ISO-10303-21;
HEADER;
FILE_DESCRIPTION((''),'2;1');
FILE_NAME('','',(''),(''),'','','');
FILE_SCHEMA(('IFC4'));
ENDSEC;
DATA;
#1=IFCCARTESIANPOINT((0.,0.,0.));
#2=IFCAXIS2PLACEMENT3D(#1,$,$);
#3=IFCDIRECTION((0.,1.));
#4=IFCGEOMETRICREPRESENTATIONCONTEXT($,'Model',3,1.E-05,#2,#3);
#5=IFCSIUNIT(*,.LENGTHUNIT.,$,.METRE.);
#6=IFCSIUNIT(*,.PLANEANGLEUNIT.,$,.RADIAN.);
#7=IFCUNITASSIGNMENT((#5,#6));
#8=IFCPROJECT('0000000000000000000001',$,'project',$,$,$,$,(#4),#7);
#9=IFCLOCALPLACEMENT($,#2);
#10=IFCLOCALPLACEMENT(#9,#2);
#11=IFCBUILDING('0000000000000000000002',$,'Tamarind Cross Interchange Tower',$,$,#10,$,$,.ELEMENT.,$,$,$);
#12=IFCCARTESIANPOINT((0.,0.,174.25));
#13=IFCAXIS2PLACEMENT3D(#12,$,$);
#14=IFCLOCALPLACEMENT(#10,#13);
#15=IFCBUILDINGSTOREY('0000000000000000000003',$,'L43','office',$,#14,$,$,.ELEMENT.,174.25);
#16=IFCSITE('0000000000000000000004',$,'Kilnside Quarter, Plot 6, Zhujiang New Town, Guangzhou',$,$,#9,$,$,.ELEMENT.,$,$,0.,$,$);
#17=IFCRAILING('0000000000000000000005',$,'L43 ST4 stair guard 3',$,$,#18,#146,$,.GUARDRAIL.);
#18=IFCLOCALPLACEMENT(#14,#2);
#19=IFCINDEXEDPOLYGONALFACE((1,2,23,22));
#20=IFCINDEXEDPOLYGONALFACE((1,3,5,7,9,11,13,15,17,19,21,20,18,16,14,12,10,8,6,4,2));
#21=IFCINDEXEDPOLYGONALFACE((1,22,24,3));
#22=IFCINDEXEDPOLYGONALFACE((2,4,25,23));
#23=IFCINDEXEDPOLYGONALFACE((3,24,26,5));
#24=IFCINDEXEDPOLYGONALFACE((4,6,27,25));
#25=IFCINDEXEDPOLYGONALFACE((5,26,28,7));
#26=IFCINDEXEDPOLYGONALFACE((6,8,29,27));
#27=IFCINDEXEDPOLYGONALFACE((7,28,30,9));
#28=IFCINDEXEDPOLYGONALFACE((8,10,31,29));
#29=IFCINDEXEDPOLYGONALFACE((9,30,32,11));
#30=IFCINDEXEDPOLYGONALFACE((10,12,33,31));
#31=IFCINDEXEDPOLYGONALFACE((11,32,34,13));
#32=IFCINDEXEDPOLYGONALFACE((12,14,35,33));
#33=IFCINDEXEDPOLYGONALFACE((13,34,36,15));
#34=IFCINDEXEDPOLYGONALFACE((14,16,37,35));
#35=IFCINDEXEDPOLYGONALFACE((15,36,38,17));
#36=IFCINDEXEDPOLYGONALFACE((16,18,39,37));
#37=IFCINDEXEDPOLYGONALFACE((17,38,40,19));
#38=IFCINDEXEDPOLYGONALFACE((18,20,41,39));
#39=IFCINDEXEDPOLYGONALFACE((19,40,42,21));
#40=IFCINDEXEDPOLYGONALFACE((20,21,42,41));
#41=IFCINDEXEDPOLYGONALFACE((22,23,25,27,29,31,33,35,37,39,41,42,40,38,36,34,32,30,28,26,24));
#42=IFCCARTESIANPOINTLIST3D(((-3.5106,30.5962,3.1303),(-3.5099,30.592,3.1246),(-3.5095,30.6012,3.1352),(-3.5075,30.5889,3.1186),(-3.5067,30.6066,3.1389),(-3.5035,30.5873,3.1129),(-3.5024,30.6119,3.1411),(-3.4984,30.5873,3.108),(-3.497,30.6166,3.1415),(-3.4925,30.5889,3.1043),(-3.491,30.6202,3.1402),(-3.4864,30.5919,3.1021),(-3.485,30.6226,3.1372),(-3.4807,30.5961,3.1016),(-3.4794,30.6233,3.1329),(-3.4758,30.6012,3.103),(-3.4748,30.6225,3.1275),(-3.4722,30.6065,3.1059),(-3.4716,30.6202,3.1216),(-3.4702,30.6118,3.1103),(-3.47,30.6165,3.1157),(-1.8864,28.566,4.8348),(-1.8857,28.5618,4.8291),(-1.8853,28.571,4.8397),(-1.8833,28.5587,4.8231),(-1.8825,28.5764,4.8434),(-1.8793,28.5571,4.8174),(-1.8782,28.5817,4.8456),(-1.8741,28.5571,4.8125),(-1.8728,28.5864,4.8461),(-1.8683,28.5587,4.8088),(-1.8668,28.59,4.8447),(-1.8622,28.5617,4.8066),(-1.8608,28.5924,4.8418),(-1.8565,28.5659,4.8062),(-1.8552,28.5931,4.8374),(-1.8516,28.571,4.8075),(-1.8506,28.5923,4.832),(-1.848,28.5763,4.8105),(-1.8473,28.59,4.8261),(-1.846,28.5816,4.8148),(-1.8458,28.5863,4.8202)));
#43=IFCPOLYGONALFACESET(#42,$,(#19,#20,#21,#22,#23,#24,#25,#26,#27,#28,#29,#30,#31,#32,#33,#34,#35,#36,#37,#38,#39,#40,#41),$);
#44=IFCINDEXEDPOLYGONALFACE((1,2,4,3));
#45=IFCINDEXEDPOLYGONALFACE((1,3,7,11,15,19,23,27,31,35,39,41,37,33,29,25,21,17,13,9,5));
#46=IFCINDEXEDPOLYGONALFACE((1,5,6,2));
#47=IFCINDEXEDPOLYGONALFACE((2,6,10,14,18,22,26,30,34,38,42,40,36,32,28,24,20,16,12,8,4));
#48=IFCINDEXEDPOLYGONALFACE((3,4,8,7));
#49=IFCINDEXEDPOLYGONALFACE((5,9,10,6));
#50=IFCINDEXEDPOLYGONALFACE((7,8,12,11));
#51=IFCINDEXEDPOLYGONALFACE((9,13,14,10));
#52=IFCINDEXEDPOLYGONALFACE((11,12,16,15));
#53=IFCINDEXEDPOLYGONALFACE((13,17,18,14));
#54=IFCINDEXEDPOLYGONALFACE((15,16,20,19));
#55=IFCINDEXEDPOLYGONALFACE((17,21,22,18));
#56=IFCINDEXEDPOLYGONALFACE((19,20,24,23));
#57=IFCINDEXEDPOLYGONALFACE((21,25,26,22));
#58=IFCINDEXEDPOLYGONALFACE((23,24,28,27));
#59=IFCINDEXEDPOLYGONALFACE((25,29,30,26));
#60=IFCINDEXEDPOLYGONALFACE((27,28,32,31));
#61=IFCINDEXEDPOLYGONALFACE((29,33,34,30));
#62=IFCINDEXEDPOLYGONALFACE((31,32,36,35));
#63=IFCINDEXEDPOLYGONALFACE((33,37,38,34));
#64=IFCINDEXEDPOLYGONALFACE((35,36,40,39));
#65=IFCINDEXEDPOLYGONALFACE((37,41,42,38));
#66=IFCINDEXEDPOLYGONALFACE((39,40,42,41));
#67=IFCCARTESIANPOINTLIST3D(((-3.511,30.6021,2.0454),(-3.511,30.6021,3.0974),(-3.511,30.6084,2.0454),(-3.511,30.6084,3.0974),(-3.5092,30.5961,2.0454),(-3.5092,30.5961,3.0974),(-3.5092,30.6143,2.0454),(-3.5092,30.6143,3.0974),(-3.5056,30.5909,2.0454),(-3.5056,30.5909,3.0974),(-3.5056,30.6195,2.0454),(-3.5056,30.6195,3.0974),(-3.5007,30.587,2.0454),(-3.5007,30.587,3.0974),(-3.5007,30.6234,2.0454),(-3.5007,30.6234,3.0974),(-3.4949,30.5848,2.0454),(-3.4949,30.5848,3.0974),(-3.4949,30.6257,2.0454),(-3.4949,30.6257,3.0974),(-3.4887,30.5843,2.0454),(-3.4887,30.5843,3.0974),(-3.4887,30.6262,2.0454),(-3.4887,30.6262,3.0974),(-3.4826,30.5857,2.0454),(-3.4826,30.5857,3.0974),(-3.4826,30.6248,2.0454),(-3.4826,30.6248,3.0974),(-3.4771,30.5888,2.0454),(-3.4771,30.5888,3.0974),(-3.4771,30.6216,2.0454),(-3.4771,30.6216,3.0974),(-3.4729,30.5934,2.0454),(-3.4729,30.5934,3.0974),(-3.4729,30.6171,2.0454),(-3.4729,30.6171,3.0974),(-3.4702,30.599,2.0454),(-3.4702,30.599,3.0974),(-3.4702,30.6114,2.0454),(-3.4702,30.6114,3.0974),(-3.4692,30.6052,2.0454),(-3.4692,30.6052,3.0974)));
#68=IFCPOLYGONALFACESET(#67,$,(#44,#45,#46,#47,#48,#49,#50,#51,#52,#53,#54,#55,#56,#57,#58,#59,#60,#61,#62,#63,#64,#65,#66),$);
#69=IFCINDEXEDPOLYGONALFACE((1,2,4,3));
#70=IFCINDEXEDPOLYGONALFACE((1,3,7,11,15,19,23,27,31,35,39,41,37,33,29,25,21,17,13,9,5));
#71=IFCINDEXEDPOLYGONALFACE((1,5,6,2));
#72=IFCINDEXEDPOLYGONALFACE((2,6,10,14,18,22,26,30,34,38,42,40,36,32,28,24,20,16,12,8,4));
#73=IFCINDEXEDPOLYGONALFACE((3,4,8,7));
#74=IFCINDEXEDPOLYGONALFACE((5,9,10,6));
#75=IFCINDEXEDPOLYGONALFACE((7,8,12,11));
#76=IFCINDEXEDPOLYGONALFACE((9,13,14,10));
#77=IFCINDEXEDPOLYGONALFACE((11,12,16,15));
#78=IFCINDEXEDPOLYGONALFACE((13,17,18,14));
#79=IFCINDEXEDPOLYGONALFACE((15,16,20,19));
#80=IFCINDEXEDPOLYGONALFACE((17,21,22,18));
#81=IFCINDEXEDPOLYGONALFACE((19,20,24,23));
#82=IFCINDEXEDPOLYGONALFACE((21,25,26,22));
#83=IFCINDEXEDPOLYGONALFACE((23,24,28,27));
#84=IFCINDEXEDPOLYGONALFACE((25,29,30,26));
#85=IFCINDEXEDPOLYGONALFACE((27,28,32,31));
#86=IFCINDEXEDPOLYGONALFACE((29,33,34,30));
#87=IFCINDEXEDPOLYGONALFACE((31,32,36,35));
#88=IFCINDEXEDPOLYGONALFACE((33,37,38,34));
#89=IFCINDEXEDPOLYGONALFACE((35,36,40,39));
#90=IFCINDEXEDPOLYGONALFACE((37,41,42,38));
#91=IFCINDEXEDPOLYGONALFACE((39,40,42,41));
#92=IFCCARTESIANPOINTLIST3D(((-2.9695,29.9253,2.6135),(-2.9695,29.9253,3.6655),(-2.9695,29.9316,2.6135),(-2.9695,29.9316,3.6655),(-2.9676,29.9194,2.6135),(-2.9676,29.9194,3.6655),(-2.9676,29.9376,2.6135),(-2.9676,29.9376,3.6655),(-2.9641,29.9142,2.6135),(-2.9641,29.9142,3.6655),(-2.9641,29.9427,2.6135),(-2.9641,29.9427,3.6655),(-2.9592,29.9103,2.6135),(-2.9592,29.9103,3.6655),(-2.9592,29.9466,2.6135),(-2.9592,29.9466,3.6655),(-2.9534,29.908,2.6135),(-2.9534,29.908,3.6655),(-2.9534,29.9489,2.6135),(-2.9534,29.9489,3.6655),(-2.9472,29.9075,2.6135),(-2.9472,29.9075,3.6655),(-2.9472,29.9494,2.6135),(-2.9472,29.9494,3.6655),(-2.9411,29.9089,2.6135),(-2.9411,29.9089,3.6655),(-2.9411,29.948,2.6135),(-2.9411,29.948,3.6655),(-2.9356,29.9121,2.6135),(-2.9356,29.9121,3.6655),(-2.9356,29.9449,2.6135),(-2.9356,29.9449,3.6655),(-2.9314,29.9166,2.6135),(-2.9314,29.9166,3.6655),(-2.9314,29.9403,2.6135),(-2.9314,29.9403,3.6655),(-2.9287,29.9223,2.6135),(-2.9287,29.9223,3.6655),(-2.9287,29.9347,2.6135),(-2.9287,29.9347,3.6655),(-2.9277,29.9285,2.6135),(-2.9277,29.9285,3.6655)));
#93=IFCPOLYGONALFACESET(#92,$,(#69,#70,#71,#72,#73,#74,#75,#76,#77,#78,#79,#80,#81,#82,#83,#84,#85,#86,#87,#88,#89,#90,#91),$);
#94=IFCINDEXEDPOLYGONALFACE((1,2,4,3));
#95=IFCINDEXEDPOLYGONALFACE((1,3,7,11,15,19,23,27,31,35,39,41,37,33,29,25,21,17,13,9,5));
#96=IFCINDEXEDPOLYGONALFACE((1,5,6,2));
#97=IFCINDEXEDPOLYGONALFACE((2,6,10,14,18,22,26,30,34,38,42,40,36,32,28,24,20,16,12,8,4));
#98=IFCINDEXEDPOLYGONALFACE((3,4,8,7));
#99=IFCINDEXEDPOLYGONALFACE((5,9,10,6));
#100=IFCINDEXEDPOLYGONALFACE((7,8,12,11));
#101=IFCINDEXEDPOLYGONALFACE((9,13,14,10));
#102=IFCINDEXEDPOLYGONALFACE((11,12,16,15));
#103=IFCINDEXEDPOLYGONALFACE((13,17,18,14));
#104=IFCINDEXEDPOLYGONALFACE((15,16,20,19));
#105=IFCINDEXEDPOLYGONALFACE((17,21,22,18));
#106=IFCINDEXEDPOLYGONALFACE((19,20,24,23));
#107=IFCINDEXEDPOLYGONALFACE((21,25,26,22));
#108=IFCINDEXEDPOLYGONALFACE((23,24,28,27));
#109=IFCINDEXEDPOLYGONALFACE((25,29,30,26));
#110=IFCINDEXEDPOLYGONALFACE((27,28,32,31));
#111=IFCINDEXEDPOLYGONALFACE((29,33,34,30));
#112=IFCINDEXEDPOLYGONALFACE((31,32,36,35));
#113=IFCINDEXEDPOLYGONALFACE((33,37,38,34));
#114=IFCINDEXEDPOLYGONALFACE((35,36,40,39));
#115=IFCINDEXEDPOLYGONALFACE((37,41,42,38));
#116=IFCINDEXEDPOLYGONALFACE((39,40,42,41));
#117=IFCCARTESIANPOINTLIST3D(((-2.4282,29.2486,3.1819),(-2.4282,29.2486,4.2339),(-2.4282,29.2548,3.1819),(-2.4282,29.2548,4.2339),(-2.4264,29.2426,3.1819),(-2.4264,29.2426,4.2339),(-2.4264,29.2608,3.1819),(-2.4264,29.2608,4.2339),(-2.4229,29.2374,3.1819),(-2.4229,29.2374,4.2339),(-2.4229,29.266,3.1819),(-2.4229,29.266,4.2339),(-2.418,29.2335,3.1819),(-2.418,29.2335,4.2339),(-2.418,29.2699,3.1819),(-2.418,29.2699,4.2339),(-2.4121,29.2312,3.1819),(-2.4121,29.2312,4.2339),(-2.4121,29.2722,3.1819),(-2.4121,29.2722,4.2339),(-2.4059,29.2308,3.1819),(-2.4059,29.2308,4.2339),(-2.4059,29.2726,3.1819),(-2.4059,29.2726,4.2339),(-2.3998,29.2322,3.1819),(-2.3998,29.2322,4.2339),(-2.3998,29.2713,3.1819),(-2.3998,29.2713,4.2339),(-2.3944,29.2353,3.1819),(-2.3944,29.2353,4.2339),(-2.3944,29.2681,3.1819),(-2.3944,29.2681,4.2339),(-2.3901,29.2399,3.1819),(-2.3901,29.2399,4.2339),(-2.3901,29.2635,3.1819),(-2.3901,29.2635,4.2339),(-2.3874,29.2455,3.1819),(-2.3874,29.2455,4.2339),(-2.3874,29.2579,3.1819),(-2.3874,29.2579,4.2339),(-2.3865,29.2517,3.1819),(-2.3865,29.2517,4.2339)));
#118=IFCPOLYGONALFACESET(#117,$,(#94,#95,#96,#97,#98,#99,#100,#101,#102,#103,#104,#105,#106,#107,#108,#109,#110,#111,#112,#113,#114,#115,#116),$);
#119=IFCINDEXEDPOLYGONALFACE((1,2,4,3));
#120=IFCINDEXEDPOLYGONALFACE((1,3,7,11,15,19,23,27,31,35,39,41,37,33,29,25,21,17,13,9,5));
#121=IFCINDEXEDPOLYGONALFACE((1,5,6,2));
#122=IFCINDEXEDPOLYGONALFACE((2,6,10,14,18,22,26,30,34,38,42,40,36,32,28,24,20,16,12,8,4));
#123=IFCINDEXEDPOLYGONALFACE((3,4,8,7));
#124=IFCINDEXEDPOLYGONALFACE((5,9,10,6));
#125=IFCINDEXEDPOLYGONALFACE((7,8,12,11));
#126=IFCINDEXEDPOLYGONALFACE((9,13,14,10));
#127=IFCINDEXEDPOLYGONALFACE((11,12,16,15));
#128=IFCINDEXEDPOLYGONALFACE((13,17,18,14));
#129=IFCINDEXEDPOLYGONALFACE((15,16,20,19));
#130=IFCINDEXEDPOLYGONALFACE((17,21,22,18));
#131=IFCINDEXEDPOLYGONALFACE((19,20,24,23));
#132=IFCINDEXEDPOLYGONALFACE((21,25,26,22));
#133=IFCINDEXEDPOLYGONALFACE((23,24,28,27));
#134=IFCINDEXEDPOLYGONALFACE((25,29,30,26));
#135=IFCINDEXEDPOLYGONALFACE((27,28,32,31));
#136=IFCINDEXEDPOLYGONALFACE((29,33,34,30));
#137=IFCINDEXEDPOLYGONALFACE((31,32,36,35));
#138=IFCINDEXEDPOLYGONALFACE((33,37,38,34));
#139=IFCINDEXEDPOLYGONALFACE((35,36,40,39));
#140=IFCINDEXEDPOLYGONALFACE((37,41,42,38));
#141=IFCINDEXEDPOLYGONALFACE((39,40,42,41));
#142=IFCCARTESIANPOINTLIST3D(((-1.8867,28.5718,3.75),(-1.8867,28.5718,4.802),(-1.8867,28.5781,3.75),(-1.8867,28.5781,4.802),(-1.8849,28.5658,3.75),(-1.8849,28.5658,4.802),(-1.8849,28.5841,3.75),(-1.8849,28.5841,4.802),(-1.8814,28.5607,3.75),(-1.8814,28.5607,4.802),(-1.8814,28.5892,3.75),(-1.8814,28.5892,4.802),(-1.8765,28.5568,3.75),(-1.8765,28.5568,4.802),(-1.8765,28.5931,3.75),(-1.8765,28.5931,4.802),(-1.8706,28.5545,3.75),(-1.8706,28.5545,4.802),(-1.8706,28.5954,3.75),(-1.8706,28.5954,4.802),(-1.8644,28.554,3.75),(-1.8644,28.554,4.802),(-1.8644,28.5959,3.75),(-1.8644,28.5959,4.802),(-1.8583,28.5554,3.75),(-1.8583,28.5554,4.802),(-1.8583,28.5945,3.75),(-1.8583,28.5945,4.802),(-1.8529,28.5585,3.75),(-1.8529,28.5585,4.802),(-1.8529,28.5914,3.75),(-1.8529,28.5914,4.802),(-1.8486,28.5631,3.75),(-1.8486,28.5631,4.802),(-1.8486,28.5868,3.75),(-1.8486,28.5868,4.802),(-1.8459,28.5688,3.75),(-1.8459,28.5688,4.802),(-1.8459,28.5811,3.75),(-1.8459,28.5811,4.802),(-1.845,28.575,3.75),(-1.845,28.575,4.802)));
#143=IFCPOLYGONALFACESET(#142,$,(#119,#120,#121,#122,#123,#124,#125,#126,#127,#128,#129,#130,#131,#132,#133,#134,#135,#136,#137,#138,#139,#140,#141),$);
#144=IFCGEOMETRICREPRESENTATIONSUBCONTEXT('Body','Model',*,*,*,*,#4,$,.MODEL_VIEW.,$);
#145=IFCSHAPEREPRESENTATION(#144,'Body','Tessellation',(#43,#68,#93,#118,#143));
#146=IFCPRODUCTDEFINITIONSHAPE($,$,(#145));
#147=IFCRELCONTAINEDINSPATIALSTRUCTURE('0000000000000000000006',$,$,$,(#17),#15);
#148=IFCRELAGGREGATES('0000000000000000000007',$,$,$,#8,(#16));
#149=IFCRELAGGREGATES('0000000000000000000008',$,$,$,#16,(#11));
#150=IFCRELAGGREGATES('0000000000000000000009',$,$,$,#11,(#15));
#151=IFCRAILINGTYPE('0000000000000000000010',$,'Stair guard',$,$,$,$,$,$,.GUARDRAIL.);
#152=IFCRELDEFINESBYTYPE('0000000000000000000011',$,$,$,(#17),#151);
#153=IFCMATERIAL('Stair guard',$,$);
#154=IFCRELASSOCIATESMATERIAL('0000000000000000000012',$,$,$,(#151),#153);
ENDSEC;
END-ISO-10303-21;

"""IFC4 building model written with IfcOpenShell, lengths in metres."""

from ifc_helpers import new_model, si_unit, direction, frame, origin, origin_2d, place, context, subcontext, project, spatial, circle, extrude, material, type_object, element, save


model = new_model("IFC4")

# Units and contexts
model_context = context("Model", 3, precision=1e-05, world=origin(), true_north=direction((0.0, 1.0)))
body_context = subcontext(model_context, "Body", "Model", "MODEL_VIEW")
ifc_project = project(units=[si_unit("LENGTHUNIT", "METRE"), si_unit("PLANEANGLEUNIT", "RADIAN")], contexts=[model_context])

# Site, building, storey
site_placement = place(None, origin())
site = spatial("IfcSite", under=ifc_project, at=site_placement, Name="Kilnside Quarter, Plot 6, Zhujiang New Town, Guangzhou", CompositionType="ELEMENT", RefElevation=0.0)
building_placement = place(site_placement, origin())
building = spatial("IfcBuilding", under=site, at=building_placement, Name="Tamarind Cross Interchange Tower", CompositionType="ELEMENT")
storey_placement = place(building_placement, frame((0.0, 0.0, 174.25)))
storey = spatial("IfcBuildingStorey", under=building, at=storey_placement, Name="L43", Description="office", CompositionType="ELEMENT", Elevation=174.25)

# Railing
ifc_material_1 = material(Name="Stair guard")
railing_type_1 = type_object("IfcRailingType", Name="Stair guard", PredefinedType="GUARDRAIL", material=ifc_material_1)
railing_1_placement = place(storey_placement, frame((-3.4902, 30.6052, 2.0454)))
element("IfcRailing", 1, at=railing_1_placement, inside=storey, type_object=railing_type_1, Name="L43 ST4 stair guard 3", PredefinedType="GUARDRAIL", context=body_context, shape_type="SweptSolid", body=[
    extrude(circle(Radius=0.0239, at=origin_2d()), frame((0.0, 0.0, 1.0762), z_axis=(0.52244, -0.653031, 0.548276), x_axis=(0.78086, 0.624706, 0.0)), (0.0, 0.0, 1.0), 3.1089),
    extrude(circle(Radius=0.021, at=origin_2d()), origin(), (0.0, 0.0, 1.0), 1.052),
    extrude(circle(Radius=0.021, at=origin_2d()), frame((0.5415, -0.6768, 0.5681)), (0.0, 0.0, 1.0), 1.052),
    extrude(circle(Radius=0.021, at=origin_2d()), frame((1.0828, -1.3535, 1.1365)), (0.0, 0.0, 1.0), 1.052),
    extrude(circle(Radius=0.021, at=origin_2d()), frame((1.6243, -2.0303, 1.7046)), (0.0, 0.0, 1.0), 1.052),
])

save(model, "model.ifc")
